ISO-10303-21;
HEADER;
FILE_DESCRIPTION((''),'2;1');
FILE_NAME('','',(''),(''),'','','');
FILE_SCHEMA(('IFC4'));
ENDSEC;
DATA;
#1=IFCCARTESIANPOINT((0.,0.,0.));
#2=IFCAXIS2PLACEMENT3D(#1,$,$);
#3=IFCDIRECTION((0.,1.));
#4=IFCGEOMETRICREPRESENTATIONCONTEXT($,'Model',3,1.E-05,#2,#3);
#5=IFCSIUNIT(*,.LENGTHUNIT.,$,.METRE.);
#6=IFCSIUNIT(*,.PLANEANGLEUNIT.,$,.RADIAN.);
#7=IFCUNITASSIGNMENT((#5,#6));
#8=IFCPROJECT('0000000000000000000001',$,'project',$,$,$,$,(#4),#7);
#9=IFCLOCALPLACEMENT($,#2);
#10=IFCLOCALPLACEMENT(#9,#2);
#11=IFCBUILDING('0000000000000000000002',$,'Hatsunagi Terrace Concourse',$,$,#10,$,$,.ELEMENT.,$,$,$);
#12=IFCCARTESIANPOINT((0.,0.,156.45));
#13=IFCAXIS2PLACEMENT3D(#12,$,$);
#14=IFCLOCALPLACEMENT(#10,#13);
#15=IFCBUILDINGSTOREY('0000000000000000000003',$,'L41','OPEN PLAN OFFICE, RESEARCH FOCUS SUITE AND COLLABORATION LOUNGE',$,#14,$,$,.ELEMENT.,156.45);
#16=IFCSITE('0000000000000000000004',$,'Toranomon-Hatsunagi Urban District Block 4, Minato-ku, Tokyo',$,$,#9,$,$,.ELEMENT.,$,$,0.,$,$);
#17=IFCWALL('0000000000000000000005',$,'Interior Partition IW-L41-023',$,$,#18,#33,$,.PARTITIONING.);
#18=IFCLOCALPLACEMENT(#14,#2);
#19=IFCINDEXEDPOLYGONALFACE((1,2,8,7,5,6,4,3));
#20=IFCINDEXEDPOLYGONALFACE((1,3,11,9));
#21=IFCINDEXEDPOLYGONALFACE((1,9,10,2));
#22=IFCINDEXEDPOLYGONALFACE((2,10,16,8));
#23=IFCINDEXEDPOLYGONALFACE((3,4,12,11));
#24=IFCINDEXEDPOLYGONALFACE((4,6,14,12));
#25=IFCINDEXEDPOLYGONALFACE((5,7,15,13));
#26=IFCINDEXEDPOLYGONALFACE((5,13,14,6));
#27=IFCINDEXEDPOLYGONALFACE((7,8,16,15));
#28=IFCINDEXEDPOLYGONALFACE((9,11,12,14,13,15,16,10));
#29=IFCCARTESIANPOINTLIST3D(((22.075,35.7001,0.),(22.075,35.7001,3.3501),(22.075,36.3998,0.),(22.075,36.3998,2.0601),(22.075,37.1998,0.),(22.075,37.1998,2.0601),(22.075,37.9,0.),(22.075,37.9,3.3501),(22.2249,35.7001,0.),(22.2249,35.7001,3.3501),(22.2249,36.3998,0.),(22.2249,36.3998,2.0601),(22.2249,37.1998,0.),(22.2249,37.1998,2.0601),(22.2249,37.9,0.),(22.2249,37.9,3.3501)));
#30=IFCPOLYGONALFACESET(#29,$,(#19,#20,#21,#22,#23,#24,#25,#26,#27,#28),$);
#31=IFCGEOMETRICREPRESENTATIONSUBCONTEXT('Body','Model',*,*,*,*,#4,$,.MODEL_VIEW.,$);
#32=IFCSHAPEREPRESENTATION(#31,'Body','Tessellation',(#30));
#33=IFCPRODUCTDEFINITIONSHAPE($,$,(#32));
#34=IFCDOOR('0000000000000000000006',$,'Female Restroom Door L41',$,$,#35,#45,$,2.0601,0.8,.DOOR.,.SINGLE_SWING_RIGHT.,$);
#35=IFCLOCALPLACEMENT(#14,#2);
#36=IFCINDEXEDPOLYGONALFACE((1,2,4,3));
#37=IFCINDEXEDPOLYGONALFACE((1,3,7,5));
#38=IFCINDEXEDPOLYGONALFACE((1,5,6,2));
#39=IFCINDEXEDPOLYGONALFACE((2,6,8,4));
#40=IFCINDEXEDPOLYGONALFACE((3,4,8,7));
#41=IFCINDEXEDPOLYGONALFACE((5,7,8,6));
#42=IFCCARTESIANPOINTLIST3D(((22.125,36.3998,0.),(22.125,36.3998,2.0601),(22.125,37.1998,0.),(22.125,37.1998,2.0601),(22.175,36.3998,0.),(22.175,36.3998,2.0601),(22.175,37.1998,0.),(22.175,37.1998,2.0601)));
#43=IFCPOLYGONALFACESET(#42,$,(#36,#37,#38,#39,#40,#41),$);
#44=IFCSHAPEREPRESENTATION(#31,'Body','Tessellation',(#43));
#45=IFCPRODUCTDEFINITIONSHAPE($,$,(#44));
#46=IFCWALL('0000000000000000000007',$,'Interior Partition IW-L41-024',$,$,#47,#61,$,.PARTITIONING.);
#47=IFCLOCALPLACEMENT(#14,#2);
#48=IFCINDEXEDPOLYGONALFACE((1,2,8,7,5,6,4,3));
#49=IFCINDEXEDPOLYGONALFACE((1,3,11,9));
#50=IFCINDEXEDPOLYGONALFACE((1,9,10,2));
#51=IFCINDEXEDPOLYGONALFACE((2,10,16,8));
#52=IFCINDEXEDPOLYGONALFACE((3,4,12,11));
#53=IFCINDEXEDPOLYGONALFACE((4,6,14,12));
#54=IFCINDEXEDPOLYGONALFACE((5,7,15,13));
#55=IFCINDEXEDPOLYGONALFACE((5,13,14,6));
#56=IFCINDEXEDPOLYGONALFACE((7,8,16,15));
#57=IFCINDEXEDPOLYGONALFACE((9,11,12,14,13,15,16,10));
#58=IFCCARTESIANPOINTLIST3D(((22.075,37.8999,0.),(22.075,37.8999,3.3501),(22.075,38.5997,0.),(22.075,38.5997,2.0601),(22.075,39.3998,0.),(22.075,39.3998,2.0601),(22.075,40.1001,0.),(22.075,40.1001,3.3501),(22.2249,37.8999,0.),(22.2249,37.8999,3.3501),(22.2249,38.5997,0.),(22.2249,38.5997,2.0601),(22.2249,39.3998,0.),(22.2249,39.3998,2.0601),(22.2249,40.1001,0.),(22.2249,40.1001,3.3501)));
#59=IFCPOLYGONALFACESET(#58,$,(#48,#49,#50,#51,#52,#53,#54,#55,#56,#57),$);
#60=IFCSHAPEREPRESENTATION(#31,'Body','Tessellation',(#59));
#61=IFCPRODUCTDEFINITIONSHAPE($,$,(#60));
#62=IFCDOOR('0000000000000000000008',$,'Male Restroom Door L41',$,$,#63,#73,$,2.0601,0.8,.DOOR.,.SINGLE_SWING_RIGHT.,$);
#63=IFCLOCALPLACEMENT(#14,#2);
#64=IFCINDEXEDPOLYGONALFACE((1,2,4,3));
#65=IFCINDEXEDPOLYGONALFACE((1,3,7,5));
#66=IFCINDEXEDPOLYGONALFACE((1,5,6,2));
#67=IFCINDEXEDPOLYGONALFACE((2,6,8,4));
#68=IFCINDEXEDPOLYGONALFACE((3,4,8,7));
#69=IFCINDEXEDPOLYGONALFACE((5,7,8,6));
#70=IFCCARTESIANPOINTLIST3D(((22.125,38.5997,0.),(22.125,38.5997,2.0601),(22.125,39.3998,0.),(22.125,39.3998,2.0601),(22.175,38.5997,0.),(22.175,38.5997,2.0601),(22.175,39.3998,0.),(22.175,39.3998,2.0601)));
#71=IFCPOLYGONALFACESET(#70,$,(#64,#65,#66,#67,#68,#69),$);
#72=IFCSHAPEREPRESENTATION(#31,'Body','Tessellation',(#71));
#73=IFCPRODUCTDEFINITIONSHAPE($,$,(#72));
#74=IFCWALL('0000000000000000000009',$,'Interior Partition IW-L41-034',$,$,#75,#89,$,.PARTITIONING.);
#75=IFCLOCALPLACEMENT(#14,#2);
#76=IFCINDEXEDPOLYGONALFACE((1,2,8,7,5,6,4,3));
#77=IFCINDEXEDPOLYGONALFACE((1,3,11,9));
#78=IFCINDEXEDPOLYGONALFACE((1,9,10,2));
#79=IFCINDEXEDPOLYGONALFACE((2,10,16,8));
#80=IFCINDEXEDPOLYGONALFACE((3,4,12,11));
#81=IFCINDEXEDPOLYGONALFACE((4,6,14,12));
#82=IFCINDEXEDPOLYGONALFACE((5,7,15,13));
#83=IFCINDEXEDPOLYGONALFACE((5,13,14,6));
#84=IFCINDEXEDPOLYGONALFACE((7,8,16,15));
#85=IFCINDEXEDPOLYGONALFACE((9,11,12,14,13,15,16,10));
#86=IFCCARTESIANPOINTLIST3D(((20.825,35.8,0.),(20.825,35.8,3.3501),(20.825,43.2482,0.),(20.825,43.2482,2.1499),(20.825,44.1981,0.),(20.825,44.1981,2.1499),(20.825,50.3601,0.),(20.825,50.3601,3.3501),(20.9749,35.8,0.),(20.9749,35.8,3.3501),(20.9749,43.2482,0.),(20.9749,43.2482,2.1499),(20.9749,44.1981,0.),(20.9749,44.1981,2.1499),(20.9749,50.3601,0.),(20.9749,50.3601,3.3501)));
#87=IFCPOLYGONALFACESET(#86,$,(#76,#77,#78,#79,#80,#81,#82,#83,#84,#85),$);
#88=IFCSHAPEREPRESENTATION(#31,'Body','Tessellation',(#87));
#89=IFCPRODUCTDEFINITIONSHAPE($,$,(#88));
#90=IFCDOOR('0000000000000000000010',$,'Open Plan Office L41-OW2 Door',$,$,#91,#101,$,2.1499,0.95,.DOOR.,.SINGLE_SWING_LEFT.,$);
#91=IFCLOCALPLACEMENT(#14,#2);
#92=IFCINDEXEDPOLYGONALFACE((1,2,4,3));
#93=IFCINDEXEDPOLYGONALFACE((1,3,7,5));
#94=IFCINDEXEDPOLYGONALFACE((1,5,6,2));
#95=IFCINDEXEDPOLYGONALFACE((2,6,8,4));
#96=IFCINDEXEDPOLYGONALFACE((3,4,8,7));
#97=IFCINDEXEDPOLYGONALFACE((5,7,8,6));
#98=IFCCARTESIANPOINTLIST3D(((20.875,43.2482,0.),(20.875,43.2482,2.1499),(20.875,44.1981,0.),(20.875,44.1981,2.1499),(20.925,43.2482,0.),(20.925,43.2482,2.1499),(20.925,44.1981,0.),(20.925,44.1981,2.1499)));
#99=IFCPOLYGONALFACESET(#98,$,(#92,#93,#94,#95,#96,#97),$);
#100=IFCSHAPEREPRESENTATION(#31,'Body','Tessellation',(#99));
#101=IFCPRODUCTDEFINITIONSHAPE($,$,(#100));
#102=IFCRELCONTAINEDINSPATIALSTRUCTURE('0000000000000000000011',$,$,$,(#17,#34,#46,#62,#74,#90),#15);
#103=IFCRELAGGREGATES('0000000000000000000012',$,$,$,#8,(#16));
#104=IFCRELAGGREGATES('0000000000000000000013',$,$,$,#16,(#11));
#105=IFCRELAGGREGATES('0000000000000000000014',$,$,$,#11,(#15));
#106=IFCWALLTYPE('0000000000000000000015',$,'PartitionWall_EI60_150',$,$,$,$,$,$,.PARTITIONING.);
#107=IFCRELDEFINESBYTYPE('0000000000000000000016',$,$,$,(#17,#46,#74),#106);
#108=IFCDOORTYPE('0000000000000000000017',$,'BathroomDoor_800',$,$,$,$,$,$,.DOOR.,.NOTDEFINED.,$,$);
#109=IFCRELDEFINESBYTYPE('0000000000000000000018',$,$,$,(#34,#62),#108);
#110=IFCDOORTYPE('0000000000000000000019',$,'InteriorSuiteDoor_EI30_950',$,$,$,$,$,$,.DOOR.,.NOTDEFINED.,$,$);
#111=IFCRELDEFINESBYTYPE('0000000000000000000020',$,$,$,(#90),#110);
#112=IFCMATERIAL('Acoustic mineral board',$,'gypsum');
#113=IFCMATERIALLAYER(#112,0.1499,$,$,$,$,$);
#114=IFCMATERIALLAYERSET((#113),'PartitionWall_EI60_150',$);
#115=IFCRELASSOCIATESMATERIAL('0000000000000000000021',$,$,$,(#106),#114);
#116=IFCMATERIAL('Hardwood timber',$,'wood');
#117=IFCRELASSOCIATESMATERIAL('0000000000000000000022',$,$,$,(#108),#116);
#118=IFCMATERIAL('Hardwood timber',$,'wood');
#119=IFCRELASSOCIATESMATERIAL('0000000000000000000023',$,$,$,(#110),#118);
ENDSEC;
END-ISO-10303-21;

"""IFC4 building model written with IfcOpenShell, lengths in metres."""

from ifc_helpers import new_model, si_unit, direction, frame, frame_2d, origin, place, context, subcontext, project, spatial, rectangle, extrude, material, layer, layer_set, type_object, element, fill, save


model = new_model("IFC4")

# Units and contexts
model_context = context("Model", 3, precision=1e-05, world=origin(), true_north=direction((0.0, 1.0)))
body_context = subcontext(model_context, "Body", "Model", "MODEL_VIEW")
ifc_project = project(units=[si_unit("LENGTHUNIT", "METRE"), si_unit("PLANEANGLEUNIT", "RADIAN")], contexts=[model_context])

# Site, building, storey
site_placement = place(None, origin())
site = spatial("IfcSite", under=ifc_project, at=site_placement, Name="Toranomon-Hatsunagi Urban District Block 4, Minato-ku, Tokyo", CompositionType="ELEMENT", RefElevation=0.0)
building_placement = place(site_placement, origin())
building = spatial("IfcBuilding", under=site, at=building_placement, Name="Hatsunagi Terrace Concourse", CompositionType="ELEMENT")
storey_placement = place(building_placement, frame((0.0, 0.0, 156.45)))
storey = spatial("IfcBuildingStorey", under=building, at=storey_placement, Name="L41", Description="OPEN PLAN OFFICE, RESEARCH FOCUS SUITE AND COLLABORATION LOUNGE", CompositionType="ELEMENT", Elevation=156.45)

# Shared definitions
ifc_material_1 = material(Name="Acoustic mineral board", Category="gypsum")
ifc_layer_1 = layer(ifc_material_1, 0.1499)
ifc_layer_set_1 = layer_set([ifc_layer_1], Name="PartitionWall_EI60_150")
wall_type_1 = type_object("IfcWallType", Name="PartitionWall_EI60_150", PredefinedType="PARTITIONING", material=ifc_layer_set_1)

# Walls, openings, doors
ifc_material_2 = material(Name="Hardwood timber", Category="wood")
door_type_1 = type_object("IfcDoorType", Name="BathroomDoor_800", OperationType="NOTDEFINED", PredefinedType="DOOR", material=ifc_material_2)
wall_1_placement = place(storey_placement, frame((22.1499, 35.7, 0.0), z_axis=(0.0, 0.0, 1.0), x_axis=(0.0, 1.0, 0.0)))
wall_1 = element("IfcWall", 1, at=wall_1_placement, inside=storey, type_object=wall_type_1, Name="Interior Partition IW-L41-023", PredefinedType="PARTITIONING", context=body_context, shape_type="SweptSolid", body=[
    extrude(rectangle(XDim=2.2, YDim=0.1499, at=frame_2d((1.1001, 0.0))), origin(), (0.0, 0.0, 1.0), 3.3501),
])
opening_1_placement = place(wall_1_placement, frame((0.7, 0.0, 0.0)))
opening_1 = element("IfcOpeningElement", 2, at=opening_1_placement, cuts=wall_1, PredefinedType="OPENING", context=body_context, shape_type="SweptSolid", body=[
    extrude(rectangle(XDim=0.8, YDim=2.0601, at=frame_2d((0.3999, 1.03))), frame((0.0, 0.085, 0.0), z_axis=(0.0, -1.0, 0.0), x_axis=(1.0, 0.0, 0.0)), (0.0, 0.0, 1.0), 0.1699),
])
door_1_placement = place(opening_1_placement, origin())
door_1 = element("IfcDoor", 3, at=door_1_placement, inside=storey, type_object=door_type_1, Name="Female Restroom Door L41", OperationType="SINGLE_SWING_RIGHT", OverallHeight=2.0601, OverallWidth=0.8, PredefinedType="DOOR", context=body_context, shape_type="SweptSolid", body=[
    extrude(rectangle(XDim=0.8, YDim=2.0601, at=frame_2d((0.3999, 1.03))), frame((0.0, 0.0249, 0.0), z_axis=(0.0, -1.0, 0.0), x_axis=(1.0, 0.0, 0.0)), (0.0, 0.0, 1.0), 0.05),
])
fill(opening_1, door_1)
wall_2_placement = place(storey_placement, frame((22.1499, 37.8999, 0.0), z_axis=(0.0, 0.0, 1.0), x_axis=(0.0, 1.0, 0.0)))
wall_2 = element("IfcWall", 4, at=wall_2_placement, inside=storey, type_object=wall_type_1, Name="Interior Partition IW-L41-024", PredefinedType="PARTITIONING", context=body_context, shape_type="SweptSolid", body=[
    extrude(rectangle(XDim=2.2002, YDim=0.1499, at=frame_2d((1.1001, 0.0))), origin(), (0.0, 0.0, 1.0), 3.3501),
])
opening_2_placement = place(wall_2_placement, frame((0.7, 0.0, 0.0)))
opening_2 = element("IfcOpeningElement", 5, at=opening_2_placement, cuts=wall_2, PredefinedType="OPENING", context=body_context, shape_type="SweptSolid", body=[
    extrude(rectangle(XDim=0.8, YDim=2.0601, at=frame_2d((0.3999, 1.03))), frame((0.0, 0.085, 0.0), z_axis=(0.0, -1.0, 0.0), x_axis=(1.0, 0.0, 0.0)), (0.0, 0.0, 1.0), 0.1699),
])
door_2_placement = place(opening_2_placement, origin())
door_2 = element("IfcDoor", 6, at=door_2_placement, inside=storey, type_object=door_type_1, Name="Male Restroom Door L41", OperationType="SINGLE_SWING_RIGHT", OverallHeight=2.0601, OverallWidth=0.8, PredefinedType="DOOR", context=body_context, shape_type="SweptSolid", body=[
    extrude(rectangle(XDim=0.8, YDim=2.0601, at=frame_2d((0.3999, 1.03))), frame((0.0, 0.0249, 0.0), z_axis=(0.0, -1.0, 0.0), x_axis=(1.0, 0.0, 0.0)), (0.0, 0.0, 1.0), 0.05),
])
fill(opening_2, door_2)
wall_3_placement = place(storey_placement, frame((20.8999, 35.8, 0.0), z_axis=(0.0, 0.0, 1.0), x_axis=(0.0, 1.0, 0.0)))
wall_3 = element("IfcWall", 7, at=wall_3_placement, inside=storey, type_object=wall_type_1, Name="Interior Partition IW-L41-034", PredefinedType="PARTITIONING", context=body_context, shape_type="SweptSolid", body=[
    extrude(rectangle(XDim=14.5601, YDim=0.1499, at=frame_2d((7.28, 0.0))), origin(), (0.0, 0.0, 1.0), 3.3501),
])
opening_3_placement = place(wall_3_placement, frame((7.448, 0.0, 0.0)))
opening_3 = element("IfcOpeningElement", 8, at=opening_3_placement, cuts=wall_3, PredefinedType="OPENING", context=body_context, shape_type="SweptSolid", body=[
    extrude(rectangle(XDim=0.95, YDim=2.1499, at=frame_2d((0.4751, 1.075))), frame((0.0, 0.085, 0.0), z_axis=(0.0, -1.0, 0.0), x_axis=(1.0, 0.0, 0.0)), (0.0, 0.0, 1.0), 0.1699),
])
ifc_material_3 = material(Name="Hardwood timber", Category="wood")
door_type_2 = type_object("IfcDoorType", Name="InteriorSuiteDoor_EI30_950", OperationType="NOTDEFINED", PredefinedType="DOOR", material=ifc_material_3)
door_3_placement = place(opening_3_placement, origin())
door_3 = element("IfcDoor", 9, at=door_3_placement, inside=storey, type_object=door_type_2, Name="Open Plan Office L41-OW2 Door", OperationType="SINGLE_SWING_LEFT", OverallHeight=2.1499, OverallWidth=0.95, PredefinedType="DOOR", context=body_context, shape_type="SweptSolid", body=[
    extrude(rectangle(XDim=0.95, YDim=2.1499, at=frame_2d((0.4751, 1.075))), frame((0.0, 0.0249, 0.0), z_axis=(0.0, -1.0, 0.0), x_axis=(1.0, 0.0, 0.0)), (0.0, 0.0, 1.0), 0.05),
])
fill(opening_3, door_3)

save(model, "model.ifc")
